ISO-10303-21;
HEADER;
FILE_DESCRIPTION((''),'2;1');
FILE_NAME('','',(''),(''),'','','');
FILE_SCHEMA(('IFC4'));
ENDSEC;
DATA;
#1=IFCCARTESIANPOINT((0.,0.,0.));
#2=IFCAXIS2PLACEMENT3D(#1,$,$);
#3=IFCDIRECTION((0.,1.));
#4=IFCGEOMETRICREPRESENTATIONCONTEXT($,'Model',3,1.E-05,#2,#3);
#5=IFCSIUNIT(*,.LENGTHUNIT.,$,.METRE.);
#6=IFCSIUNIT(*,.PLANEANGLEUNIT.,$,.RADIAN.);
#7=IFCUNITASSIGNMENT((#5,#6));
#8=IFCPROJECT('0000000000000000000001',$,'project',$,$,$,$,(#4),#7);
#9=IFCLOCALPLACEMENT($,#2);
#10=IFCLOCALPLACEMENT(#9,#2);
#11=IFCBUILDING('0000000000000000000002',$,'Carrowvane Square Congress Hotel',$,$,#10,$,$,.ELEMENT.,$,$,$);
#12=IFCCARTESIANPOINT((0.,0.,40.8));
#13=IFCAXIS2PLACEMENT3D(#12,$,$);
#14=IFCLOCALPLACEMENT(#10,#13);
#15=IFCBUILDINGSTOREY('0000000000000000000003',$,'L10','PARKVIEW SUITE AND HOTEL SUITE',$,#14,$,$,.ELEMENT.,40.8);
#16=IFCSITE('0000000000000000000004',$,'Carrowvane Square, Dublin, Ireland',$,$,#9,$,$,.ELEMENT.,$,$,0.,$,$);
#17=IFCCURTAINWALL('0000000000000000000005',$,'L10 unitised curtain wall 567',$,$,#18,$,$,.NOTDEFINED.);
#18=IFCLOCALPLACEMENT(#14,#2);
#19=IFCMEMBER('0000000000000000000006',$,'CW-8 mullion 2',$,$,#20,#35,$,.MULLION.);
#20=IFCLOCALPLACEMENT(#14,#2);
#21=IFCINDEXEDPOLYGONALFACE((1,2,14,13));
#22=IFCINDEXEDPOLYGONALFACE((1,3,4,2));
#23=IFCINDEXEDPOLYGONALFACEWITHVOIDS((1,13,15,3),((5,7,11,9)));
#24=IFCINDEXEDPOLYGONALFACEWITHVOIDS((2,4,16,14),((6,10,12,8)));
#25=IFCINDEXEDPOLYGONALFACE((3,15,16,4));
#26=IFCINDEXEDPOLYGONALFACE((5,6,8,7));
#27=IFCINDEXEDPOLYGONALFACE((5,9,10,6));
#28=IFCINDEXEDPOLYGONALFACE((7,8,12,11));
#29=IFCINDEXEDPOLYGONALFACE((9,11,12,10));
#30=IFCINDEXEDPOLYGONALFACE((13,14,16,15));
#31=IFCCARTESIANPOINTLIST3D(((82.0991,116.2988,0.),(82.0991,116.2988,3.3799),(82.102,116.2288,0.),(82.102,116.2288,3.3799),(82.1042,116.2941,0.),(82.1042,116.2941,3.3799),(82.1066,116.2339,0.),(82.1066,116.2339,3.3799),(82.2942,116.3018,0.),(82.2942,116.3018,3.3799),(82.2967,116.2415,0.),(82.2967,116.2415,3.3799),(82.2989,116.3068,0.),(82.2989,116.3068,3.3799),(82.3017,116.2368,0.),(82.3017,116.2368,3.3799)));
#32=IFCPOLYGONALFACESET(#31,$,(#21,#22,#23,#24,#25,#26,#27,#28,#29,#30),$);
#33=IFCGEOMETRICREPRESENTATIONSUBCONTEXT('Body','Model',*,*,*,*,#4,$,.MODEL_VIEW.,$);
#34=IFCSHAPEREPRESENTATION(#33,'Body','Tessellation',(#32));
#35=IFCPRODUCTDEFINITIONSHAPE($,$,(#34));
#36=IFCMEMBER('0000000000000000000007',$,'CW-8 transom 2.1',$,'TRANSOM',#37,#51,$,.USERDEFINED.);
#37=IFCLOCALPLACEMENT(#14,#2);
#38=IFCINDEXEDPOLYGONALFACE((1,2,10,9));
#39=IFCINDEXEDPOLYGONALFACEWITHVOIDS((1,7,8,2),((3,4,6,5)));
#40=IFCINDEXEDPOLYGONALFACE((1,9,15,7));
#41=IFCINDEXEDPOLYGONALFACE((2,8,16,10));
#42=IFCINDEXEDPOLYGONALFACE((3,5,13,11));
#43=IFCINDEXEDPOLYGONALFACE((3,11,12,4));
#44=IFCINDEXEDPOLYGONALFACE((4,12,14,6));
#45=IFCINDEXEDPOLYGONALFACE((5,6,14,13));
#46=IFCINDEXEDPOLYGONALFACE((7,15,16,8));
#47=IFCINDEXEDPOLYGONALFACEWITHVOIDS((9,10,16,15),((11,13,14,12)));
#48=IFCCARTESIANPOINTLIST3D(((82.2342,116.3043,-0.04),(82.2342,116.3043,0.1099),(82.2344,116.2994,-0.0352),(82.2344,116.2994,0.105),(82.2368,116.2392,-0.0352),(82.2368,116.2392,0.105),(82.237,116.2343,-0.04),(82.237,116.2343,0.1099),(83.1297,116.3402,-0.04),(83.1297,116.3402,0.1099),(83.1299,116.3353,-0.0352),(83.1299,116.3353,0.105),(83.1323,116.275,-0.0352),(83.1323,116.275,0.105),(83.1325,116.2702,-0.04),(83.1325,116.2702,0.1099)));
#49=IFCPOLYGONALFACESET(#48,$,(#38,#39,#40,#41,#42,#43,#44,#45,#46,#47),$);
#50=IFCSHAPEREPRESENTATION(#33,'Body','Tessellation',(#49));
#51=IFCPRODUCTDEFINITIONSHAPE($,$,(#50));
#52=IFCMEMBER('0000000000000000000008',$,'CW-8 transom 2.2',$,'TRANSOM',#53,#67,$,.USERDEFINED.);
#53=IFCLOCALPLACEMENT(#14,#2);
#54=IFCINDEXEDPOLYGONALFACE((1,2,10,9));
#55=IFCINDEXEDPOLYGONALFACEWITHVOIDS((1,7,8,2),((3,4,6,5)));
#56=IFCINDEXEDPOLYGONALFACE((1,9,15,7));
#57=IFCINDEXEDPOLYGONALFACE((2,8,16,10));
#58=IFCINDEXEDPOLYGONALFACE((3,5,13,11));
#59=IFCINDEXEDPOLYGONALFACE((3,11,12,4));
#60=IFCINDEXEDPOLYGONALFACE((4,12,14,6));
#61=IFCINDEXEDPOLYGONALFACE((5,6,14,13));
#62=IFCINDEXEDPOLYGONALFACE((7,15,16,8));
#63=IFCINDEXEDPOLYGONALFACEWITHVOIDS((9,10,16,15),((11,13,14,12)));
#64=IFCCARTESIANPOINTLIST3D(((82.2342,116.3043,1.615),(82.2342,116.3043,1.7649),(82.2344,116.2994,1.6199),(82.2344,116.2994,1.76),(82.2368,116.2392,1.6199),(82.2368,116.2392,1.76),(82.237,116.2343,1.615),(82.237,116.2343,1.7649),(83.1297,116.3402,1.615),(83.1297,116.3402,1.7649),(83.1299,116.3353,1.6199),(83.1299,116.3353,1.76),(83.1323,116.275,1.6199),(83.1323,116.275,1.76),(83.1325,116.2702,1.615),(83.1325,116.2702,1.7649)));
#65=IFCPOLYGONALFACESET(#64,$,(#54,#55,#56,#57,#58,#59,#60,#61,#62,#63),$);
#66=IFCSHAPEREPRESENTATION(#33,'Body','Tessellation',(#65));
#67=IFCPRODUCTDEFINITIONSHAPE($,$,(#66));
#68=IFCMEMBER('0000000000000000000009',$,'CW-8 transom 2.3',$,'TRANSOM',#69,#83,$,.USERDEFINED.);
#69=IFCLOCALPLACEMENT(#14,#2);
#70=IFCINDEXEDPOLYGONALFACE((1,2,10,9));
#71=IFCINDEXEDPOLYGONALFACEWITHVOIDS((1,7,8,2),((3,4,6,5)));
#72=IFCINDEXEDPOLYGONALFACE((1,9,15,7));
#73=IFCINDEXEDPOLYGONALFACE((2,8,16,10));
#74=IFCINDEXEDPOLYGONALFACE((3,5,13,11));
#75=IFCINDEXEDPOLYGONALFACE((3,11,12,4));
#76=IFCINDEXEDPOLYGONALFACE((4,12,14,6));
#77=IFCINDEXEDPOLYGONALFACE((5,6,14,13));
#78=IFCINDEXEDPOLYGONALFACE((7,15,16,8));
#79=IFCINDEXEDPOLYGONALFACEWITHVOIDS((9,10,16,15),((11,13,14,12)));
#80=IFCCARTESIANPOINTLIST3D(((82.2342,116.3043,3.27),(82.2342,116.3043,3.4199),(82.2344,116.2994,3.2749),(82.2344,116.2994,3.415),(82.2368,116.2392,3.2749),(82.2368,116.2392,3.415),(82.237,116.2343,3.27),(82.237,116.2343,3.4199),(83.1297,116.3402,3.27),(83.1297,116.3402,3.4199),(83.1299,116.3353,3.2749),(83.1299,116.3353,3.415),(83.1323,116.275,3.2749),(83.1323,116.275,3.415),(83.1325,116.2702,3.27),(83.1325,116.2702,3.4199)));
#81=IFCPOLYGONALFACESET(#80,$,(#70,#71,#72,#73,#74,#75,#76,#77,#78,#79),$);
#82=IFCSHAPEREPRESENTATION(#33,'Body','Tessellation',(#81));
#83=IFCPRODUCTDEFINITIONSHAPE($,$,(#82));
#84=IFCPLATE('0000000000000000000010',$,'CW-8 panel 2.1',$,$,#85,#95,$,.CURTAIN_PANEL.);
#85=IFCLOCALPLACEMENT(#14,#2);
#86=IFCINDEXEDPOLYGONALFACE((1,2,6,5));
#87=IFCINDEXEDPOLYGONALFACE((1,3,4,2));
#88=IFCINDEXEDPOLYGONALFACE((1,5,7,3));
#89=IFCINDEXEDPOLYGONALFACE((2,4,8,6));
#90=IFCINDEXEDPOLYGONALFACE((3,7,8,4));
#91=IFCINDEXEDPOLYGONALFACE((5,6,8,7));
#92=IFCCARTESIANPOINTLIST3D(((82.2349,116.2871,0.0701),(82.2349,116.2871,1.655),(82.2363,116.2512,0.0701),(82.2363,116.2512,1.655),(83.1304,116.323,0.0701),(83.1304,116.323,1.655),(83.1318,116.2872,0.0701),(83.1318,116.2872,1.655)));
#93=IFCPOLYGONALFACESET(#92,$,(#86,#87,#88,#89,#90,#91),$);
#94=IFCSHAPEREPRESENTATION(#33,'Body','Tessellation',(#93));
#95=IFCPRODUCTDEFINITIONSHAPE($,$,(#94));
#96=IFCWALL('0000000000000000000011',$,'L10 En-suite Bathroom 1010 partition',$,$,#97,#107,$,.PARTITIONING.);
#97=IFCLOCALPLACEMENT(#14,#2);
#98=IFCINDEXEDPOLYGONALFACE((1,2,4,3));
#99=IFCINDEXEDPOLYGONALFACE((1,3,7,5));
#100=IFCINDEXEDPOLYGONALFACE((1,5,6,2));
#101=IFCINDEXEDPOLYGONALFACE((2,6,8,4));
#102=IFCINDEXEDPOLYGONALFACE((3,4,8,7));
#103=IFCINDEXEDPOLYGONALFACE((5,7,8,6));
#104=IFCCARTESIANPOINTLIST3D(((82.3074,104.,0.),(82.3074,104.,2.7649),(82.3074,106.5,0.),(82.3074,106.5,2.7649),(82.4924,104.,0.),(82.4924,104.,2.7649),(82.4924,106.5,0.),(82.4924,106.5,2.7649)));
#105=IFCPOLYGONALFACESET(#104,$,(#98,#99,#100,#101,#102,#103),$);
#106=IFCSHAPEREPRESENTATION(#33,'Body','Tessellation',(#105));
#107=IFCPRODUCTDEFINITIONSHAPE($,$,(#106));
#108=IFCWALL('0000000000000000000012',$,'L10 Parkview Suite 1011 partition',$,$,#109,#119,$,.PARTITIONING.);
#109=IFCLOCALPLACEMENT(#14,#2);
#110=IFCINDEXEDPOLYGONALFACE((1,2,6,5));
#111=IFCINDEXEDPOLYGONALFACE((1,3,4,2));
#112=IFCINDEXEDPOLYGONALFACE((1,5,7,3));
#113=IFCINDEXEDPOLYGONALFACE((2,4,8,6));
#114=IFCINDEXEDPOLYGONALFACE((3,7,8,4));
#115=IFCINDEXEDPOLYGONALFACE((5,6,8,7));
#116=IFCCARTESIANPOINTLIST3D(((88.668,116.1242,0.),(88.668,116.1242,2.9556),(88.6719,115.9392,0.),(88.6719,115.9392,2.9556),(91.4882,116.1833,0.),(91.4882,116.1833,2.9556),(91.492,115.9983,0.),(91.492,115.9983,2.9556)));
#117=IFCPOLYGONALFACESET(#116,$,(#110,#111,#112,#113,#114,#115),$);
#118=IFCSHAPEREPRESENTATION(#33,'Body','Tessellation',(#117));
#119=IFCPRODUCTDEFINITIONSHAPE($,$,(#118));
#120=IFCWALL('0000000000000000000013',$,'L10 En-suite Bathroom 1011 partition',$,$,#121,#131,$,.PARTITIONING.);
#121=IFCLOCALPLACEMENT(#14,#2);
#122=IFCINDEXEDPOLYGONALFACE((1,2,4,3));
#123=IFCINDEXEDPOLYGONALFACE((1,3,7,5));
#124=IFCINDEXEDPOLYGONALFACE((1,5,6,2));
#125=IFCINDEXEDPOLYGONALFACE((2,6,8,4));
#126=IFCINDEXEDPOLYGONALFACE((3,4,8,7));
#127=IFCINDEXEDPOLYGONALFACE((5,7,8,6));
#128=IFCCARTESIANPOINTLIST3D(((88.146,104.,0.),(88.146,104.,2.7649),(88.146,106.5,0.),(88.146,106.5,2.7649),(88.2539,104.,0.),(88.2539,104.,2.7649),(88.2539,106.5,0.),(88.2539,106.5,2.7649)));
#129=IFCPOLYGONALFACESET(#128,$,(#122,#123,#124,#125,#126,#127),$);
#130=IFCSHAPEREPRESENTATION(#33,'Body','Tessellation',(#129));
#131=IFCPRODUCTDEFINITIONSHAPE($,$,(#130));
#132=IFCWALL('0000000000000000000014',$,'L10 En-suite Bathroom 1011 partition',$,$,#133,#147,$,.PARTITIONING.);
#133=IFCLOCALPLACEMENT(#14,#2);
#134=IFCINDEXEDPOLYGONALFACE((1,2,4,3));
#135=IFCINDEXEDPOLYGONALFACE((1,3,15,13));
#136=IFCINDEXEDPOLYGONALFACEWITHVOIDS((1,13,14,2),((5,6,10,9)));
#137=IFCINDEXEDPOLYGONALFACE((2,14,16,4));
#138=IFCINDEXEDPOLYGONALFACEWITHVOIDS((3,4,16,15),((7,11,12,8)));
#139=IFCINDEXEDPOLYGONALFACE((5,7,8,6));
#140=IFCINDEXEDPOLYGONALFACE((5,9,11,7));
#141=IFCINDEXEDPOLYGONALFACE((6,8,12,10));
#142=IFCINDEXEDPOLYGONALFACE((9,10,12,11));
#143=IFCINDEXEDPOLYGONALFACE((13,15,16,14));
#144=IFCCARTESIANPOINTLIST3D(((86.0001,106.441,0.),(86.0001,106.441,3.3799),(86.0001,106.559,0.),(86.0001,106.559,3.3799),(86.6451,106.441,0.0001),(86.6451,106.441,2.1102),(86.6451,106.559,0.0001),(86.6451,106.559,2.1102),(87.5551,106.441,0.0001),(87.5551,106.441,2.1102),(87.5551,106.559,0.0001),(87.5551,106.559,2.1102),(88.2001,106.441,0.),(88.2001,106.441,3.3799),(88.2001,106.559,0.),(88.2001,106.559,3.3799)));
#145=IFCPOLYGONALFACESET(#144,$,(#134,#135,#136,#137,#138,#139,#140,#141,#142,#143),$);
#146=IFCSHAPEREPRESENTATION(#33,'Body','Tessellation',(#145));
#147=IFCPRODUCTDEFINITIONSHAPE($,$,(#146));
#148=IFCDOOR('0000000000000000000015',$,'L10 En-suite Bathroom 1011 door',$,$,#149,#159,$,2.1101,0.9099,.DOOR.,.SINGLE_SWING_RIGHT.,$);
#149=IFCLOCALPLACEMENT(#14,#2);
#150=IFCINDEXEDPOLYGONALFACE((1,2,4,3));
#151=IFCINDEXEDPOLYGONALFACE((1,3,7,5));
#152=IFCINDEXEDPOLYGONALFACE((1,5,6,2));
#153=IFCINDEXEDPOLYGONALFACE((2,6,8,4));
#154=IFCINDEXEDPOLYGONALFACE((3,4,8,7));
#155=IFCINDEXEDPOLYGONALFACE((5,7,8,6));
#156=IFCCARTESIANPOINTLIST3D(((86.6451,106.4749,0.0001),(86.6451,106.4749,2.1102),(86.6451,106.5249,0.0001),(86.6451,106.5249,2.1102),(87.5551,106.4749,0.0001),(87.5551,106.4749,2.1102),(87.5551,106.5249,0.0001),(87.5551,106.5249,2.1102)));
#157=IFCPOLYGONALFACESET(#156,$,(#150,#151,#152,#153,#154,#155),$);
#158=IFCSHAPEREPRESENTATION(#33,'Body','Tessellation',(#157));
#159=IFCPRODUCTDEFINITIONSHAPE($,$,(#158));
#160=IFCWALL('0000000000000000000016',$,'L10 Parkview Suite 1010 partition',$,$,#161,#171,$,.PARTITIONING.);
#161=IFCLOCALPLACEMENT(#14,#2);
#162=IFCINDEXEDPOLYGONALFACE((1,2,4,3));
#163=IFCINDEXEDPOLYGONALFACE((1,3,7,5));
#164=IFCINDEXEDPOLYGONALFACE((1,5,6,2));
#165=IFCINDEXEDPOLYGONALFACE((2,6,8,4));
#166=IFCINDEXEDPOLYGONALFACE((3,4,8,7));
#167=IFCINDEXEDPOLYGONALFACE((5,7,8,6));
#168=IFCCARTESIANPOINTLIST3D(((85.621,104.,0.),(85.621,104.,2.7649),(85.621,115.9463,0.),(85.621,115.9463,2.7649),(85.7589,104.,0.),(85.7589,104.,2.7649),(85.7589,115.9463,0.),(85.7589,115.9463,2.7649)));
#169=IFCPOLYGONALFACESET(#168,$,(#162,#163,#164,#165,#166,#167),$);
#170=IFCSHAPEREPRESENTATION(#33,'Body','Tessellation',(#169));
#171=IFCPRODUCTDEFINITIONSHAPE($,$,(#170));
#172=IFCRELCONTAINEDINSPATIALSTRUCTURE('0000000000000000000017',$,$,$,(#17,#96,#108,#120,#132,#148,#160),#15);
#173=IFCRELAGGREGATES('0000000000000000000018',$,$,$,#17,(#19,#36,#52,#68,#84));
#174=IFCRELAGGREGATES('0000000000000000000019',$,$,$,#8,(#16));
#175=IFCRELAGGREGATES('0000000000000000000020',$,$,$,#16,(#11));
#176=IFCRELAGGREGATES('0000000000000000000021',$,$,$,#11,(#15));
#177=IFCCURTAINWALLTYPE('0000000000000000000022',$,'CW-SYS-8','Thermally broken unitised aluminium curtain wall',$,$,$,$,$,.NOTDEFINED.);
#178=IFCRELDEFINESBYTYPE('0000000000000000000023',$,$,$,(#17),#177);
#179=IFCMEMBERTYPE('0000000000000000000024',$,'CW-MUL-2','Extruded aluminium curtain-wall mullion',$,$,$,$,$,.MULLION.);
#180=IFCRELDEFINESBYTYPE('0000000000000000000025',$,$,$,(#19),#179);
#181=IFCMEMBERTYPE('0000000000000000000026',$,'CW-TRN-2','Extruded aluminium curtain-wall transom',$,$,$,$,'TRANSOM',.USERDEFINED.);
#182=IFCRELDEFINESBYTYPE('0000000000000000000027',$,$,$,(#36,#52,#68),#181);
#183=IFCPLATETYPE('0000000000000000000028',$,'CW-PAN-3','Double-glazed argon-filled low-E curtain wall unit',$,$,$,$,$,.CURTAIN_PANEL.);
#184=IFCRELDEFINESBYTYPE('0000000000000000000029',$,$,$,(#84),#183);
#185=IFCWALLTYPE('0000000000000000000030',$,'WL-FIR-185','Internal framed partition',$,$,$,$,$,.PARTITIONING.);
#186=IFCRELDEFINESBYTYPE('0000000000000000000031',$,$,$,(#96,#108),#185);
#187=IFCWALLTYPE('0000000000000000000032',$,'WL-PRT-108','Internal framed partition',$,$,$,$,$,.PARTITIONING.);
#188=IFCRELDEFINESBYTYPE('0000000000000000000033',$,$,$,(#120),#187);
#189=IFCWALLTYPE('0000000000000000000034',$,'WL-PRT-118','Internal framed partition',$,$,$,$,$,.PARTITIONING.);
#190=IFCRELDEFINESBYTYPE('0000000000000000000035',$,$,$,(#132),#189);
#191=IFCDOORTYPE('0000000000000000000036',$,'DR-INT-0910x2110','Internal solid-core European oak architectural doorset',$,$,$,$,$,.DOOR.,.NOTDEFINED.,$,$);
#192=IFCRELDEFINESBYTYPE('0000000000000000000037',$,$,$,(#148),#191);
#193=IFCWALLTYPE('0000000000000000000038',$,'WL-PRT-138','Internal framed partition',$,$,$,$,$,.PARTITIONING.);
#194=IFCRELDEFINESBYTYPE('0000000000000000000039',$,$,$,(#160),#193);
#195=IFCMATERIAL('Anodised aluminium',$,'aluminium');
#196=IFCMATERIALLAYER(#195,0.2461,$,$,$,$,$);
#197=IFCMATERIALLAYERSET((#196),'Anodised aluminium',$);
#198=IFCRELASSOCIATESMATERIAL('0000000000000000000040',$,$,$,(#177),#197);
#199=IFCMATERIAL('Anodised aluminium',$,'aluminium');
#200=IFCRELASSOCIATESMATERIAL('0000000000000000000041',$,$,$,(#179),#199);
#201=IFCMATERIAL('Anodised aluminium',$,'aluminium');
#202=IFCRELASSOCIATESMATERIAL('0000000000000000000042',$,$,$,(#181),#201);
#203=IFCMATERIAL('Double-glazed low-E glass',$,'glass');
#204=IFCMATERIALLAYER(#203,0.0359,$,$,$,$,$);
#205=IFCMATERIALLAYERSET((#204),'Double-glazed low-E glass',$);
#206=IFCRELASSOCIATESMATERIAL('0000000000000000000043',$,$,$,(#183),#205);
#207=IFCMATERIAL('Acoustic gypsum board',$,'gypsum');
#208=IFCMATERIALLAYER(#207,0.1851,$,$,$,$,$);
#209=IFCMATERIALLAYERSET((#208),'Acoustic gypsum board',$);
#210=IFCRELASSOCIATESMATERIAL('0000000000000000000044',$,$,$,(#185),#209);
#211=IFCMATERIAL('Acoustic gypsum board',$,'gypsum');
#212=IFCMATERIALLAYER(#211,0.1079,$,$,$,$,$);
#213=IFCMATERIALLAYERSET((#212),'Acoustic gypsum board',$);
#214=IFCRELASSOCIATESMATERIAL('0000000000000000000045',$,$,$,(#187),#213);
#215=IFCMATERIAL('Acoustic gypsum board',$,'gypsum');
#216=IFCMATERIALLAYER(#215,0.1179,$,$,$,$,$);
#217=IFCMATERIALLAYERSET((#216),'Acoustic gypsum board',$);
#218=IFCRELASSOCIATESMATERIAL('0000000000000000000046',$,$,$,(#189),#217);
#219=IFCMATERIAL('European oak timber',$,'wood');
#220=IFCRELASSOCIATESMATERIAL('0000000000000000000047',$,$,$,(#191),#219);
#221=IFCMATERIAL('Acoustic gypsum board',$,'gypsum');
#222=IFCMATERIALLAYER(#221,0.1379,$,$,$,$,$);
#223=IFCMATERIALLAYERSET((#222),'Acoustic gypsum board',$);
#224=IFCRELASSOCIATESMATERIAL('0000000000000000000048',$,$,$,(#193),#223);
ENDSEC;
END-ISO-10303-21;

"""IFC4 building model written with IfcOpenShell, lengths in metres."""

from ifc_helpers import new_model, si_unit, direction, frame, frame_2d, origin, origin_2d, place, context, subcontext, project, spatial, rectangle, hollow_rectangle, extrude, material, layer, layer_set, material_profile, profile_set, type_object, element, fill, aggregate, save


model = new_model("IFC4")

# Units and contexts
model_context = context("Model", 3, precision=1e-05, world=origin(), true_north=direction((0.0, 1.0)))
body_context = subcontext(model_context, "Body", "Model", "MODEL_VIEW")
ifc_project = project(units=[si_unit("LENGTHUNIT", "METRE"), si_unit("PLANEANGLEUNIT", "RADIAN")], contexts=[model_context])

# Site, building, storey
site_placement = place(None, origin())
site = spatial("IfcSite", under=ifc_project, at=site_placement, Name="Carrowvane Square, Dublin, Ireland", CompositionType="ELEMENT", RefElevation=0.0)
building_placement = place(site_placement, origin())
building = spatial("IfcBuilding", under=site, at=building_placement, Name="Carrowvane Square Congress Hotel", CompositionType="ELEMENT")
storey_placement = place(building_placement, frame((0.0, 0.0, 40.8)))
storey = spatial("IfcBuildingStorey", under=building, at=storey_placement, Name="L10", Description="PARKVIEW SUITE AND HOTEL SUITE", CompositionType="ELEMENT", Elevation=40.8)

# Curtain wall, members, plate
ifc_material_1 = material(Name="Anodised aluminium", Category="aluminium")
ifc_layer_1 = layer(ifc_material_1, 0.2461)
ifc_layer_set_1 = layer_set([ifc_layer_1], Name="Anodised aluminium")
curtain_wall_type = type_object("IfcCurtainWallType", Name="CW-SYS-8", Description="Thermally broken unitised aluminium curtain wall", PredefinedType="NOTDEFINED", material=ifc_layer_set_1)
curtain_wall_placement = place(storey_placement, origin())
curtain_wall = element("IfcCurtainWall", 1, at=curtain_wall_placement, inside=storey, type_object=curtain_wall_type, Name="L10 unitised curtain wall 567", PredefinedType="NOTDEFINED")
ifc_material_2 = material(Name="Anodised aluminium", Category="aluminium")
ifc_material_profile_1 = material_profile(ifc_material_2, hollow_rectangle(XDim=0.0701, YDim=0.2, WallThickness=0.0049, at=origin_2d()), Name="CW-ML 70x200x5")
ifc_profile_set_1 = profile_set([ifc_material_profile_1], Name="Anodised aluminium")
member_type_1 = type_object("IfcMemberType", Name="CW-MUL-2", Description="Extruded aluminium curtain-wall mullion", PredefinedType="MULLION", material=ifc_profile_set_1)
member_1_placement = place(storey_placement, frame((82.2004, 116.2678, 0.0), z_axis=(0.0, 0.0, 1.0), x_axis=(-0.040136, 0.999194, 0.0)))
member_1 = element("IfcMember", 2, at=member_1_placement, type_object=member_type_1, Name="CW-8 mullion 2", PredefinedType="MULLION", context=body_context, shape_type="SweptSolid", body=[
    extrude(hollow_rectangle(XDim=0.0701, YDim=0.2, WallThickness=0.0049, at=origin_2d()), origin(), (0.0, 0.0, 1.0), 3.3799),
])
ifc_material_3 = material(Name="Anodised aluminium", Category="aluminium")
ifc_material_profile_2 = material_profile(ifc_material_3, hollow_rectangle(XDim=0.0701, YDim=0.1499, WallThickness=0.0049, at=origin_2d()), Name="CW-TR 70x150x5")
ifc_profile_set_2 = profile_set([ifc_material_profile_2], Name="Anodised aluminium")
member_type_2 = type_object("IfcMemberType", Name="CW-TRN-2", Description="Extruded aluminium curtain-wall transom", ElementType="TRANSOM", PredefinedType="USERDEFINED", material=ifc_profile_set_2)
member_2_placement = place(storey_placement, frame((82.2356, 116.2693, 0.0349), z_axis=(0.999198, 0.040044, 0.0), x_axis=(-0.040044, 0.999198, 0.0)))
member_2 = element("IfcMember", 3, at=member_2_placement, type_object=member_type_2, Name="CW-8 transom 2.1", ObjectType="TRANSOM", PredefinedType="USERDEFINED", context=body_context, shape_type="SweptSolid", body=[
    extrude(hollow_rectangle(XDim=0.0701, YDim=0.1499, WallThickness=0.0049, at=origin_2d()), origin(), (0.0, 0.0, 1.0), 0.8962),
])
member_3_placement = place(storey_placement, frame((82.2356, 116.2693, 1.6899), z_axis=(0.999198, 0.040044, 0.0), x_axis=(-0.040044, 0.999198, 0.0)))
member_3 = element("IfcMember", 4, at=member_3_placement, type_object=member_type_2, Name="CW-8 transom 2.2", ObjectType="TRANSOM", PredefinedType="USERDEFINED", context=body_context, shape_type="SweptSolid", body=[
    extrude(hollow_rectangle(XDim=0.0701, YDim=0.1499, WallThickness=0.0049, at=origin_2d()), origin(), (0.0, 0.0, 1.0), 0.8962),
])
member_4_placement = place(storey_placement, frame((82.2356, 116.2693, 3.345), z_axis=(0.999198, 0.040044, 0.0), x_axis=(-0.040044, 0.999198, 0.0)))
member_4 = element("IfcMember", 5, at=member_4_placement, type_object=member_type_2, Name="CW-8 transom 2.3", ObjectType="TRANSOM", PredefinedType="USERDEFINED", context=body_context, shape_type="SweptSolid", body=[
    extrude(hollow_rectangle(XDim=0.0701, YDim=0.1499, WallThickness=0.0049, at=origin_2d()), origin(), (0.0, 0.0, 1.0), 0.8962),
])
ifc_material_4 = material(Name="Double-glazed low-E glass", Category="glass")
ifc_layer_2 = layer(ifc_material_4, 0.0359)
ifc_layer_set_2 = layer_set([ifc_layer_2], Name="Double-glazed low-E glass")
plate_type = type_object("IfcPlateType", Name="CW-PAN-3", Description="Double-glazed argon-filled low-E curtain wall unit", PredefinedType="CURTAIN_PANEL", material=ifc_layer_set_2)
plate_placement = place(storey_placement, frame((82.6833, 116.2871, 0.0701), z_axis=(0.0, 0.0, 1.0), x_axis=(0.999194, 0.040136, 0.0)))
plate = element("IfcPlate", 6, at=plate_placement, type_object=plate_type, Name="CW-8 panel 2.1", PredefinedType="CURTAIN_PANEL", context=body_context, shape_type="SweptSolid", body=[
    extrude(rectangle(XDim=0.8962, YDim=0.0359, at=origin_2d()), origin(), (0.0, 0.0, 1.0), 1.585),
])
aggregate(curtain_wall, [member_1, member_2, member_3, member_4, plate])

# Walls
ifc_material_5 = material(Name="Acoustic gypsum board", Category="gypsum")
ifc_layer_3 = layer(ifc_material_5, 0.1851)
ifc_layer_set_3 = layer_set([ifc_layer_3], Name="Acoustic gypsum board")
wall_type_1 = type_object("IfcWallType", Name="WL-FIR-185", Description="Internal framed partition", PredefinedType="PARTITIONING", material=ifc_layer_set_3)
wall_1_placement = place(storey_placement, frame((82.3999, 106.5, 0.0), z_axis=(0.0, 0.0, 1.0), x_axis=(0.0, -1.0, 0.0)))
element("IfcWall", 7, at=wall_1_placement, inside=storey, type_object=wall_type_1, Name="L10 En-suite Bathroom 1010 partition", PredefinedType="PARTITIONING", context=body_context, shape_type="SweptSolid", body=[
    extrude(rectangle(XDim=2.5, YDim=0.1851, at=frame_2d((1.25, 0.0))), origin(), (0.0, 0.0, 1.0), 2.7649),
])
wall_2_placement = place(storey_placement, frame((88.6699, 116.0317, 0.0), z_axis=(0.0, 0.0, 1.0), x_axis=(0.999781, 0.020946, 0.0)))
element("IfcWall", 8, at=wall_2_placement, inside=storey, type_object=wall_type_1, Name="L10 Parkview Suite 1011 partition", PredefinedType="PARTITIONING", context=body_context, shape_type="SweptSolid", body=[
    extrude(rectangle(XDim=2.8208, YDim=0.1851, at=frame_2d((1.4104, 0.0))), origin(), (0.0, 0.0, 1.0), 2.9556),
])
ifc_material_6 = material(Name="Acoustic gypsum board", Category="gypsum")
ifc_layer_4 = layer(ifc_material_6, 0.1079)
ifc_layer_set_4 = layer_set([ifc_layer_4], Name="Acoustic gypsum board")
wall_type_2 = type_object("IfcWallType", Name="WL-PRT-108", Description="Internal framed partition", PredefinedType="PARTITIONING", material=ifc_layer_set_4)
wall_3_placement = place(storey_placement, frame((88.2, 106.5, 0.0), z_axis=(0.0, 0.0, 1.0), x_axis=(0.0, -1.0, 0.0)))
element("IfcWall", 9, at=wall_3_placement, inside=storey, type_object=wall_type_2, Name="L10 En-suite Bathroom 1011 partition", PredefinedType="PARTITIONING", context=body_context, shape_type="SweptSolid", body=[
    extrude(rectangle(XDim=2.5, YDim=0.1079, at=frame_2d((1.25, 0.0))), origin(), (0.0, 0.0, 1.0), 2.7649),
])

# Wall, opening, door
ifc_material_7 = material(Name="Acoustic gypsum board", Category="gypsum")
ifc_layer_5 = layer(ifc_material_7, 0.1179)
ifc_layer_set_5 = layer_set([ifc_layer_5], Name="Acoustic gypsum board")
wall_type_3 = type_object("IfcWallType", Name="WL-PRT-118", Description="Internal framed partition", PredefinedType="PARTITIONING", material=ifc_layer_set_5)
wall_4_placement = place(storey_placement, frame((86.0, 106.5, 0.0), z_axis=(0.0, 0.0, 1.0), x_axis=(1.0, 0.0, 0.0)))
wall_4 = element("IfcWall", 10, at=wall_4_placement, inside=storey, type_object=wall_type_3, Name="L10 En-suite Bathroom 1011 partition", PredefinedType="PARTITIONING", context=body_context, shape_type="SweptSolid", body=[
    extrude(rectangle(XDim=2.2, YDim=0.1179, at=frame_2d((1.1001, 0.0))), origin(), (0.0, 0.0, 1.0), 3.3799),
])
opening_placement = place(wall_4_placement, frame((0.645, 0.0, 0.0)))
opening = element("IfcOpeningElement", 11, at=opening_placement, cuts=wall_4, PredefinedType="OPENING", context=body_context, shape_type="SweptSolid", body=[
    extrude(rectangle(XDim=0.9099, YDim=2.1101, at=frame_2d((0.4551, 1.0552))), frame((0.0, 0.0688, 0.0), z_axis=(0.0, -1.0, 0.0), x_axis=(1.0, 0.0, 0.0)), (0.0, 0.0, 1.0), 0.1379),
])
ifc_material_8 = material(Name="European oak timber", Category="wood")
door_type = type_object("IfcDoorType", Name="DR-INT-0910x2110", Description="Internal solid-core European oak architectural doorset", OperationType="NOTDEFINED", PredefinedType="DOOR", material=ifc_material_8)
door_placement = place(opening_placement, origin())
door = element("IfcDoor", 12, at=door_placement, inside=storey, type_object=door_type, Name="L10 En-suite Bathroom 1011 door", OperationType="SINGLE_SWING_RIGHT", OverallHeight=2.1101, OverallWidth=0.9099, PredefinedType="DOOR", context=body_context, shape_type="SweptSolid", body=[
    extrude(rectangle(XDim=0.9099, YDim=2.1101, at=frame_2d((0.4551, 1.0552))), frame((0.0, 0.0249, 0.0), z_axis=(0.0, -1.0, 0.0), x_axis=(1.0, 0.0, 0.0)), (0.0, 0.0, 1.0), 0.05),
])
fill(opening, door)

# Wall
ifc_material_9 = material(Name="Acoustic gypsum board", Category="gypsum")
ifc_layer_6 = layer(ifc_material_9, 0.1379)
ifc_layer_set_6 = layer_set([ifc_layer_6], Name="Acoustic gypsum board")
wall_type_4 = type_object("IfcWallType", Name="WL-PRT-138", Description="Internal framed partition", PredefinedType="PARTITIONING", material=ifc_layer_set_6)
wall_5_placement = place(storey_placement, frame((85.6899, 115.9463, 0.0), z_axis=(0.0, 0.0, 1.0), x_axis=(0.0, -1.0, 0.0)))
element("IfcWall", 13, at=wall_5_placement, inside=storey, type_object=wall_type_4, Name="L10 Parkview Suite 1010 partition", PredefinedType="PARTITIONING", context=body_context, shape_type="SweptSolid", body=[
    extrude(rectangle(XDim=11.9463, YDim=0.1379, at=frame_2d((5.9731, 0.0))), origin(), (0.0, 0.0, 1.0), 2.7649),
])

save(model, "model.ifc")
